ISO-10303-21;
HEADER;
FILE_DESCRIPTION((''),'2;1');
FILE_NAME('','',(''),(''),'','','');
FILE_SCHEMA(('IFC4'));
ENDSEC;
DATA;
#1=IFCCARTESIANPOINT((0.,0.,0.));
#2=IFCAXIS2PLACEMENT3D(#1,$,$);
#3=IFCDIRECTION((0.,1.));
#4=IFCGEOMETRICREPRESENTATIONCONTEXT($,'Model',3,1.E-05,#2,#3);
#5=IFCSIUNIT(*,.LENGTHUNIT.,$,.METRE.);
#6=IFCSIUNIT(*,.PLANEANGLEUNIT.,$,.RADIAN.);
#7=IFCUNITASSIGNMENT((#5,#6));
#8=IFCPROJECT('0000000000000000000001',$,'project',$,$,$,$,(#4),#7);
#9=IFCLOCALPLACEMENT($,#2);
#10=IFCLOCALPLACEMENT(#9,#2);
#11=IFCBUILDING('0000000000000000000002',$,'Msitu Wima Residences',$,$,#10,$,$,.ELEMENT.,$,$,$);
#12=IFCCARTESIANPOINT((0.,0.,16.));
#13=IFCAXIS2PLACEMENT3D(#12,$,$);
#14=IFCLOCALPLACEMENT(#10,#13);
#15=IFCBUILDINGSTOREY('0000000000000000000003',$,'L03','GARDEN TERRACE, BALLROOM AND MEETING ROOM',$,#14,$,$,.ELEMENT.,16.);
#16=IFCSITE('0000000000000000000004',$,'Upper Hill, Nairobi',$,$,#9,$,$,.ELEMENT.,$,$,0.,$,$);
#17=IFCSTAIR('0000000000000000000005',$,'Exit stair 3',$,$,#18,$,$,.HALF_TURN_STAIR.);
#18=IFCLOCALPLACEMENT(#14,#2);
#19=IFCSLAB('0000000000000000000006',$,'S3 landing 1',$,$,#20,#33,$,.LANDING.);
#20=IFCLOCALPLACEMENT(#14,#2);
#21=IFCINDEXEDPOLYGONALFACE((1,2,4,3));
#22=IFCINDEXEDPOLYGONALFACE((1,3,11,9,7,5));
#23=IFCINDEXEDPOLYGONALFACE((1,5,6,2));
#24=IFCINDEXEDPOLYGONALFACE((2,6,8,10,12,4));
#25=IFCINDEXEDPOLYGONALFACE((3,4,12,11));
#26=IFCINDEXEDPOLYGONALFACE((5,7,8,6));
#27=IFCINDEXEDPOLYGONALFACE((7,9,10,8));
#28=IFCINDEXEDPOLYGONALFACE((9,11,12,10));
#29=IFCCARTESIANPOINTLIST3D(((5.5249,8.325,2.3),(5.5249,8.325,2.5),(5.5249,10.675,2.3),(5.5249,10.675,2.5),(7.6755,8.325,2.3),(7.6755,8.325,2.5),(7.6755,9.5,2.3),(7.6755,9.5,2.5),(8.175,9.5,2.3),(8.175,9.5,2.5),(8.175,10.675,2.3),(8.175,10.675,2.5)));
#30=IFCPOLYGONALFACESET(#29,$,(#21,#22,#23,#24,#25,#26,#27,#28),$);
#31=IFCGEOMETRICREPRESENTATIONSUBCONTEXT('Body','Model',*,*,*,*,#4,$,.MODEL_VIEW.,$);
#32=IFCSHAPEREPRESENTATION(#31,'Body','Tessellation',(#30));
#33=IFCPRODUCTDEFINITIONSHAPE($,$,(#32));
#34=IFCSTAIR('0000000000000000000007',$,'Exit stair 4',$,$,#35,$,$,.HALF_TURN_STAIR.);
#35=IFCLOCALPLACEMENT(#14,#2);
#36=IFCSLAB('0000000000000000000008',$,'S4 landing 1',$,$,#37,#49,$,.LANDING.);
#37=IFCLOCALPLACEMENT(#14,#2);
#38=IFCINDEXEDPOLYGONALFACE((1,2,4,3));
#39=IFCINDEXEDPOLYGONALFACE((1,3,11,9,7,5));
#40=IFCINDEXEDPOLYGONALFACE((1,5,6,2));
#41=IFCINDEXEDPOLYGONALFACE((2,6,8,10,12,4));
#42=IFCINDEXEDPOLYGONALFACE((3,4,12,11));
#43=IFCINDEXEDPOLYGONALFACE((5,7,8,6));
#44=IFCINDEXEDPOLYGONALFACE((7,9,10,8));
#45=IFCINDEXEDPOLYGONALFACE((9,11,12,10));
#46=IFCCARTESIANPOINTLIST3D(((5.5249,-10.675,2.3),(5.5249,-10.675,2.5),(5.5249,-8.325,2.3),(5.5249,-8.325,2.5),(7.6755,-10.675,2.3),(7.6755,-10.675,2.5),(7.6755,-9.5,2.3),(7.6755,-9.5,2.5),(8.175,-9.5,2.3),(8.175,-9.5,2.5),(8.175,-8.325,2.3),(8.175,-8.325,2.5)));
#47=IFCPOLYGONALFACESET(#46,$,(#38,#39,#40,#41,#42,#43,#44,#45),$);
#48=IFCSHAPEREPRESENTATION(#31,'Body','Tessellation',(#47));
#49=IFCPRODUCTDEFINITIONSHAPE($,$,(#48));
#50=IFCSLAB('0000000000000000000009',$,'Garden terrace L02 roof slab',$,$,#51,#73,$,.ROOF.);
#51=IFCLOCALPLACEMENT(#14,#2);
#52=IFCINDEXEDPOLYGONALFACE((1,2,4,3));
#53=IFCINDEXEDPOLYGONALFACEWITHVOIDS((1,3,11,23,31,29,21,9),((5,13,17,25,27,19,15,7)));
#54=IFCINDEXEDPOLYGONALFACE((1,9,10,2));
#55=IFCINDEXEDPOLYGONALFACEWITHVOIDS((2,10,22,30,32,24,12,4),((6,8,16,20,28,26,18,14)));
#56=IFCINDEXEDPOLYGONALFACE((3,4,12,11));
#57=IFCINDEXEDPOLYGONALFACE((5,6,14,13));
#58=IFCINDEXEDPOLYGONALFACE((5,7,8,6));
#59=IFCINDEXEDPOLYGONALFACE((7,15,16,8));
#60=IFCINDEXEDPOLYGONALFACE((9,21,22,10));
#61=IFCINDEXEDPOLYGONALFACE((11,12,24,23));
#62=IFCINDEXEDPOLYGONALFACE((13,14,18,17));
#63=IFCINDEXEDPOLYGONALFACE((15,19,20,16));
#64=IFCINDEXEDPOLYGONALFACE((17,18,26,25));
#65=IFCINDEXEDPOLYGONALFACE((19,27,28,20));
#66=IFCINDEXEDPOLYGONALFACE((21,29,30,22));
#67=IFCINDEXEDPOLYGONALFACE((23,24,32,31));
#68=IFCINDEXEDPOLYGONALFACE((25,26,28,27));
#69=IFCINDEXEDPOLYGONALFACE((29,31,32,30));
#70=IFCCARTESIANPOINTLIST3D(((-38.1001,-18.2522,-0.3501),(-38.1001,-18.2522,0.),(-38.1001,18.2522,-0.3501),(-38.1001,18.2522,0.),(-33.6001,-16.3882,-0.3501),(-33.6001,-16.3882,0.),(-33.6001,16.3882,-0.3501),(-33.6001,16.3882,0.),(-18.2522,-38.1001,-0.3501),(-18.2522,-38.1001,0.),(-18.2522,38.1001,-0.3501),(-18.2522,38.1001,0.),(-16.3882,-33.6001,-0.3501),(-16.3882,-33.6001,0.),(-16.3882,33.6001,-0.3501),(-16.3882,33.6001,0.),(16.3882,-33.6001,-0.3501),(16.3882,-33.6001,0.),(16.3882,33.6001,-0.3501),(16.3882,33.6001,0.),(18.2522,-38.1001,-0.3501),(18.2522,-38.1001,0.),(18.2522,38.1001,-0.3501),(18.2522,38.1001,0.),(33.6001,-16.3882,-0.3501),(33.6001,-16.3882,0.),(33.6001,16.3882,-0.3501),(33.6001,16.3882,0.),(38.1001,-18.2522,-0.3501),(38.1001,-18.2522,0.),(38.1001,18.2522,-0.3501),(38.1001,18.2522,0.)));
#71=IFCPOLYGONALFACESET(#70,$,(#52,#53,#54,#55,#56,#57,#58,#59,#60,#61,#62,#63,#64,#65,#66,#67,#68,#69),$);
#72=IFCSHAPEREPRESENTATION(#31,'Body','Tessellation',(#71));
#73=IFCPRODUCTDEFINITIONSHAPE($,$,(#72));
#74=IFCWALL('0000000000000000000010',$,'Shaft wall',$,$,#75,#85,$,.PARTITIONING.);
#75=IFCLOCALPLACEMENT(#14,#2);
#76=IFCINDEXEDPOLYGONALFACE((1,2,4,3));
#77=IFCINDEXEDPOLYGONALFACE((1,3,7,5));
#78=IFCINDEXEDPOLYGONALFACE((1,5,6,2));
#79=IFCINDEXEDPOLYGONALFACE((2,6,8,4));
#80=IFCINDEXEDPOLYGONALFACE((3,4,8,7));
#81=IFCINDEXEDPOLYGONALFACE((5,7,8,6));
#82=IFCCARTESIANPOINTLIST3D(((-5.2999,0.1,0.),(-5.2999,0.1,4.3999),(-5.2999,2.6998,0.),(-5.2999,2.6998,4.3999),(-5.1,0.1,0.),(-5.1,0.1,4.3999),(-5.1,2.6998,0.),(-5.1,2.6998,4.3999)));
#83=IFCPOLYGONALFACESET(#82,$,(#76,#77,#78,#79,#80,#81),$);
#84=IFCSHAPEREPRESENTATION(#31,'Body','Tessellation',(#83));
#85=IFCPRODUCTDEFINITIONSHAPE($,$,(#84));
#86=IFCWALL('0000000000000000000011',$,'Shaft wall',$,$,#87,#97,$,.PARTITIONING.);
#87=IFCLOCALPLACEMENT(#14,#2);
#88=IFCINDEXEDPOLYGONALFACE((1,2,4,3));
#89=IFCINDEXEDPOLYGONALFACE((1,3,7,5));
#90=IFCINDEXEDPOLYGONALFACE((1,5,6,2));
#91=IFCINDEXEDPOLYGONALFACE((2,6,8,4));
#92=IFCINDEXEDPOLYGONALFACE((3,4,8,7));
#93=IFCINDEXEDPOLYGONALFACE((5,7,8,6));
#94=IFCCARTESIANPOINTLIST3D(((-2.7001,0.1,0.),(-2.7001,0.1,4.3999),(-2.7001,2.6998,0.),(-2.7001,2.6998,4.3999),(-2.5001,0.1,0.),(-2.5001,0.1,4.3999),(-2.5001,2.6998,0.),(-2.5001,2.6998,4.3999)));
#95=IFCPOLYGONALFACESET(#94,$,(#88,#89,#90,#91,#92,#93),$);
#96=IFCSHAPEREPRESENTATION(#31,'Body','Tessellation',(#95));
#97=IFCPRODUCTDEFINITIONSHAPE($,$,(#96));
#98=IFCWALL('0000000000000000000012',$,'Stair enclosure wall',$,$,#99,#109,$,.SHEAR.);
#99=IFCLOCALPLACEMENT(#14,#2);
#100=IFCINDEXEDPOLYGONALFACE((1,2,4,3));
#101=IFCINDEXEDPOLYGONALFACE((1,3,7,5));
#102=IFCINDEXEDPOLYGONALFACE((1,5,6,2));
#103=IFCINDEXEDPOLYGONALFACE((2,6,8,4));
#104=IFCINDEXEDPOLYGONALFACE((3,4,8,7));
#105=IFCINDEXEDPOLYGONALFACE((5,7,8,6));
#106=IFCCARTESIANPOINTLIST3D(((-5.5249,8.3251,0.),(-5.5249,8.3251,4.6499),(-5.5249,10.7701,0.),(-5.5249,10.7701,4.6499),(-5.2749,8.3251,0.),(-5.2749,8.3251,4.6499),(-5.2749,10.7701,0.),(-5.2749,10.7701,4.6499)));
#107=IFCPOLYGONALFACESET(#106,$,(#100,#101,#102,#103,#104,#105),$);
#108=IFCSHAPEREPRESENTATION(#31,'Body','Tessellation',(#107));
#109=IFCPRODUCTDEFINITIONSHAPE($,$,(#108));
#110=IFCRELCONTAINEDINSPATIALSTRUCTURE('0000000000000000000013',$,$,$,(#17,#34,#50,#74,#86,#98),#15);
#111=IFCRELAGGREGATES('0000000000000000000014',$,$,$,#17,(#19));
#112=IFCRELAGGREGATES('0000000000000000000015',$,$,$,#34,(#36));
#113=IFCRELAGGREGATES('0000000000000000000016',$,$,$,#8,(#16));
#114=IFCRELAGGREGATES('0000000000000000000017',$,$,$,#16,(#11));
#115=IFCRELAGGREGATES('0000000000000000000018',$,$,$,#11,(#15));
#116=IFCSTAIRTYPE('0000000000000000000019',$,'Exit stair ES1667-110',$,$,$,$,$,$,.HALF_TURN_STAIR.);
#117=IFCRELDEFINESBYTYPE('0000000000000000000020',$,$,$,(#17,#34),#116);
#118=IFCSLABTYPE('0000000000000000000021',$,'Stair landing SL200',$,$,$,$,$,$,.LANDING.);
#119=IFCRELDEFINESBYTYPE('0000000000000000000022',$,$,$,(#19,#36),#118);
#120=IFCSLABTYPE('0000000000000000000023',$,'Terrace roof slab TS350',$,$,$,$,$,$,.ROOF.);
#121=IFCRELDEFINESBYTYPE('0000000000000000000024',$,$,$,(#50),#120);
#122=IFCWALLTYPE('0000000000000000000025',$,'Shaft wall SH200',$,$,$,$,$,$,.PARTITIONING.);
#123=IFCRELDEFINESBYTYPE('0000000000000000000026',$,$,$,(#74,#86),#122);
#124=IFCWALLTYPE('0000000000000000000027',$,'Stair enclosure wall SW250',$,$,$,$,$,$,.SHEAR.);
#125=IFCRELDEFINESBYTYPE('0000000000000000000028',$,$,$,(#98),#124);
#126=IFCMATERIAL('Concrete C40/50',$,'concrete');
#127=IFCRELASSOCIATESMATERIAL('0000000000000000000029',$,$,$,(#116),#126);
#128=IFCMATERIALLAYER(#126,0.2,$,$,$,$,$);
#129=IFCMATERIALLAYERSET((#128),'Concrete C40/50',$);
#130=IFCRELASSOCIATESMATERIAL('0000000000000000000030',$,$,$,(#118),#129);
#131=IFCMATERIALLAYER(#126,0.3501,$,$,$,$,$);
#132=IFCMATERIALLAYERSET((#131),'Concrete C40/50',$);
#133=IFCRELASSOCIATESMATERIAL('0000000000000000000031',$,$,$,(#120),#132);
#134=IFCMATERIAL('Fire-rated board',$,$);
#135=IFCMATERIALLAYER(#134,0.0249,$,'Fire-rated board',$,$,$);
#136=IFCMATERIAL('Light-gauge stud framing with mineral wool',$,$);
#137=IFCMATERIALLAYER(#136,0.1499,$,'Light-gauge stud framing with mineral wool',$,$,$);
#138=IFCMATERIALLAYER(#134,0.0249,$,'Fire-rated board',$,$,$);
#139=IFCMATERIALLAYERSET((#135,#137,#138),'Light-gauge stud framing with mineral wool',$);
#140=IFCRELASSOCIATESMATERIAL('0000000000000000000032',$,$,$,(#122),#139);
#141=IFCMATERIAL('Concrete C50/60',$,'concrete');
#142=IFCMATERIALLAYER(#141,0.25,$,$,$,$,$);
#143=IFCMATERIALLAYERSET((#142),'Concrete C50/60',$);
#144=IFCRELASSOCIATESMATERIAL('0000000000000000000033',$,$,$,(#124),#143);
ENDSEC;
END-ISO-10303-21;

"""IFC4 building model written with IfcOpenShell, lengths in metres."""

from ifc_helpers import new_model, si_unit, direction, frame, frame_2d, origin, place, context, subcontext, project, spatial, polyline, rectangle, outline, extrude, material, layer, layer_set, type_object, element, aggregate, save


model = new_model("IFC4")

# Units and contexts
model_context = context("Model", 3, precision=1e-05, world=origin(), true_north=direction((0.0, 1.0)))
body_context = subcontext(model_context, "Body", "Model", "MODEL_VIEW")
ifc_project = project(units=[si_unit("LENGTHUNIT", "METRE"), si_unit("PLANEANGLEUNIT", "RADIAN")], contexts=[model_context])

# Site, building, storey
site_placement = place(None, origin())
site = spatial("IfcSite", under=ifc_project, at=site_placement, Name="Upper Hill, Nairobi", CompositionType="ELEMENT", RefElevation=0.0)
building_placement = place(site_placement, origin())
building = spatial("IfcBuilding", under=site, at=building_placement, Name="Msitu Wima Residences", CompositionType="ELEMENT")
storey_placement = place(building_placement, frame((0.0, 0.0, 16.0)))
storey = spatial("IfcBuildingStorey", under=building, at=storey_placement, Name="L03", Description="GARDEN TERRACE, BALLROOM AND MEETING ROOM", CompositionType="ELEMENT", Elevation=16.0)

# Shared definitions
ifc_material_1 = material(Name="Concrete C40/50", Category="concrete")

# Stairs, slabs
stair_type = type_object("IfcStairType", Name="Exit stair ES1667-110", PredefinedType="HALF_TURN_STAIR", material=ifc_material_1)
ifc_layer_1 = layer(ifc_material_1, 0.2)
ifc_layer_set_1 = layer_set([ifc_layer_1], Name="Concrete C40/50")
slab_type_1 = type_object("IfcSlabType", Name="Stair landing SL200", PredefinedType="LANDING", material=ifc_layer_set_1)
stair_1_placement = place(storey_placement, origin())
stair_1 = element("IfcStair", 1, at=stair_1_placement, inside=storey, type_object=stair_type, Name="Exit stair 3", PredefinedType="HALF_TURN_STAIR")
slab_1_placement = place(storey_placement, frame((0.0, 0.0, 2.3)))
slab_1 = element("IfcSlab", 2, at=slab_1_placement, type_object=slab_type_1, Name="S3 landing 1", PredefinedType="LANDING", context=body_context, shape_type="SweptSolid", body=[
    extrude(outline(polyline([(5.5249, 8.325), (7.6755, 8.325), (7.6755, 9.5), (8.175, 9.5), (8.175, 10.675), (5.5249, 10.675), (5.5249, 8.325)])), origin(), (0.0, 0.0, 1.0), 0.2),
])
aggregate(stair_1, [slab_1])
stair_2_placement = place(storey_placement, origin())
stair_2 = element("IfcStair", 3, at=stair_2_placement, inside=storey, type_object=stair_type, Name="Exit stair 4", PredefinedType="HALF_TURN_STAIR")
slab_2_placement = place(storey_placement, frame((0.0, 0.0, 2.3)))
slab_2 = element("IfcSlab", 4, at=slab_2_placement, type_object=slab_type_1, Name="S4 landing 1", PredefinedType="LANDING", context=body_context, shape_type="SweptSolid", body=[
    extrude(outline(polyline([(5.5249, -10.675), (7.6755, -10.675), (7.6755, -9.5), (8.175, -9.5), (8.175, -8.325), (5.5249, -8.325), (5.5249, -10.675)])), origin(), (0.0, 0.0, 1.0), 0.2),
])
aggregate(stair_2, [slab_2])

# Slab
ifc_layer_2 = layer(ifc_material_1, 0.3501)
ifc_layer_set_2 = layer_set([ifc_layer_2], Name="Concrete C40/50")
slab_type_2 = type_object("IfcSlabType", Name="Terrace roof slab TS350", PredefinedType="ROOF", material=ifc_layer_set_2)
slab_3_placement = place(storey_placement, frame((0.0, 0.0, -0.3501)))
element("IfcSlab", 5, at=slab_3_placement, inside=storey, type_object=slab_type_2, Name="Garden terrace L02 roof slab", PredefinedType="ROOF", context=body_context, shape_type="SweptSolid", body=[
    extrude(outline(polyline([(18.2522, -38.1001), (-18.2522, -38.1001), (-38.1001, -18.2522), (-38.1001, 18.2522), (-18.2522, 38.1001), (18.2522, 38.1001), (38.1001, 18.2522), (38.1001, -18.2522), (18.2522, -38.1001)]), holes=[polyline([(33.6001, 16.3882), (16.3882, 33.6001), (-16.3882, 33.6001), (-33.6001, 16.3882), (-33.6001, -16.3882), (-16.3882, -33.6001), (16.3882, -33.6001), (33.6001, -16.3882), (33.6001, 16.3882)])]), origin(), (0.0, 0.0, 1.0), 0.3501),
])

# Walls
ifc_material_2 = material(Name="Fire-rated board")
ifc_layer_3 = layer(ifc_material_2, 0.0249, Name="Fire-rated board")
ifc_material_3 = material(Name="Light-gauge stud framing with mineral wool")
ifc_layer_4 = layer(ifc_material_3, 0.1499, Name="Light-gauge stud framing with mineral wool")
ifc_layer_5 = layer(ifc_material_2, 0.0249, Name="Fire-rated board")
ifc_layer_set_3 = layer_set([ifc_layer_3, ifc_layer_4, ifc_layer_5], Name="Light-gauge stud framing with mineral wool")
wall_type_1 = type_object("IfcWallType", Name="Shaft wall SH200", PredefinedType="PARTITIONING", material=ifc_layer_set_3)
for number, where, z_axis, x_axis, name in (
    (6, (-5.2, 0.1001, 0.0), (0.0, 0.0, 1.0), (0.0, 1.0, 0.0), "Shaft wall"),
    (7, (-2.6001, 0.1001, 0.0), (0.0, 0.0, 1.0), (0.0, 1.0, 0.0), "Shaft wall"),
):
    element("IfcWall", number, at=place(storey_placement, frame(where, z_axis=z_axis, x_axis=x_axis)), inside=storey, type_object=wall_type_1, Name=name, PredefinedType="PARTITIONING", context=body_context, shape_type="SweptSolid", body=[
        extrude(rectangle(XDim=2.5999, YDim=0.2, at=frame_2d((1.2998, 0.0))), origin(), (0.0, 0.0, 1.0), 4.3999),
    ])
ifc_material_4 = material(Name="Concrete C50/60", Category="concrete")
ifc_layer_6 = layer(ifc_material_4, 0.25)
ifc_layer_set_4 = layer_set([ifc_layer_6], Name="Concrete C50/60")
wall_type_2 = type_object("IfcWallType", Name="Stair enclosure wall SW250", PredefinedType="SHEAR", material=ifc_layer_set_4)
wall_placement = place(storey_placement, frame((-5.3999, 8.325, 0.0), z_axis=(0.0, 0.0, 1.0), x_axis=(0.0, 1.0, 0.0)))
element("IfcWall", 8, at=wall_placement, inside=storey, type_object=wall_type_2, Name="Stair enclosure wall", PredefinedType="SHEAR", context=body_context, shape_type="SweptSolid", body=[
    extrude(rectangle(XDim=2.4451, YDim=0.25, at=frame_2d((1.2227, 0.0))), origin(), (0.0, 0.0, 1.0), 4.6499),
])

save(model, "model.ifc")
